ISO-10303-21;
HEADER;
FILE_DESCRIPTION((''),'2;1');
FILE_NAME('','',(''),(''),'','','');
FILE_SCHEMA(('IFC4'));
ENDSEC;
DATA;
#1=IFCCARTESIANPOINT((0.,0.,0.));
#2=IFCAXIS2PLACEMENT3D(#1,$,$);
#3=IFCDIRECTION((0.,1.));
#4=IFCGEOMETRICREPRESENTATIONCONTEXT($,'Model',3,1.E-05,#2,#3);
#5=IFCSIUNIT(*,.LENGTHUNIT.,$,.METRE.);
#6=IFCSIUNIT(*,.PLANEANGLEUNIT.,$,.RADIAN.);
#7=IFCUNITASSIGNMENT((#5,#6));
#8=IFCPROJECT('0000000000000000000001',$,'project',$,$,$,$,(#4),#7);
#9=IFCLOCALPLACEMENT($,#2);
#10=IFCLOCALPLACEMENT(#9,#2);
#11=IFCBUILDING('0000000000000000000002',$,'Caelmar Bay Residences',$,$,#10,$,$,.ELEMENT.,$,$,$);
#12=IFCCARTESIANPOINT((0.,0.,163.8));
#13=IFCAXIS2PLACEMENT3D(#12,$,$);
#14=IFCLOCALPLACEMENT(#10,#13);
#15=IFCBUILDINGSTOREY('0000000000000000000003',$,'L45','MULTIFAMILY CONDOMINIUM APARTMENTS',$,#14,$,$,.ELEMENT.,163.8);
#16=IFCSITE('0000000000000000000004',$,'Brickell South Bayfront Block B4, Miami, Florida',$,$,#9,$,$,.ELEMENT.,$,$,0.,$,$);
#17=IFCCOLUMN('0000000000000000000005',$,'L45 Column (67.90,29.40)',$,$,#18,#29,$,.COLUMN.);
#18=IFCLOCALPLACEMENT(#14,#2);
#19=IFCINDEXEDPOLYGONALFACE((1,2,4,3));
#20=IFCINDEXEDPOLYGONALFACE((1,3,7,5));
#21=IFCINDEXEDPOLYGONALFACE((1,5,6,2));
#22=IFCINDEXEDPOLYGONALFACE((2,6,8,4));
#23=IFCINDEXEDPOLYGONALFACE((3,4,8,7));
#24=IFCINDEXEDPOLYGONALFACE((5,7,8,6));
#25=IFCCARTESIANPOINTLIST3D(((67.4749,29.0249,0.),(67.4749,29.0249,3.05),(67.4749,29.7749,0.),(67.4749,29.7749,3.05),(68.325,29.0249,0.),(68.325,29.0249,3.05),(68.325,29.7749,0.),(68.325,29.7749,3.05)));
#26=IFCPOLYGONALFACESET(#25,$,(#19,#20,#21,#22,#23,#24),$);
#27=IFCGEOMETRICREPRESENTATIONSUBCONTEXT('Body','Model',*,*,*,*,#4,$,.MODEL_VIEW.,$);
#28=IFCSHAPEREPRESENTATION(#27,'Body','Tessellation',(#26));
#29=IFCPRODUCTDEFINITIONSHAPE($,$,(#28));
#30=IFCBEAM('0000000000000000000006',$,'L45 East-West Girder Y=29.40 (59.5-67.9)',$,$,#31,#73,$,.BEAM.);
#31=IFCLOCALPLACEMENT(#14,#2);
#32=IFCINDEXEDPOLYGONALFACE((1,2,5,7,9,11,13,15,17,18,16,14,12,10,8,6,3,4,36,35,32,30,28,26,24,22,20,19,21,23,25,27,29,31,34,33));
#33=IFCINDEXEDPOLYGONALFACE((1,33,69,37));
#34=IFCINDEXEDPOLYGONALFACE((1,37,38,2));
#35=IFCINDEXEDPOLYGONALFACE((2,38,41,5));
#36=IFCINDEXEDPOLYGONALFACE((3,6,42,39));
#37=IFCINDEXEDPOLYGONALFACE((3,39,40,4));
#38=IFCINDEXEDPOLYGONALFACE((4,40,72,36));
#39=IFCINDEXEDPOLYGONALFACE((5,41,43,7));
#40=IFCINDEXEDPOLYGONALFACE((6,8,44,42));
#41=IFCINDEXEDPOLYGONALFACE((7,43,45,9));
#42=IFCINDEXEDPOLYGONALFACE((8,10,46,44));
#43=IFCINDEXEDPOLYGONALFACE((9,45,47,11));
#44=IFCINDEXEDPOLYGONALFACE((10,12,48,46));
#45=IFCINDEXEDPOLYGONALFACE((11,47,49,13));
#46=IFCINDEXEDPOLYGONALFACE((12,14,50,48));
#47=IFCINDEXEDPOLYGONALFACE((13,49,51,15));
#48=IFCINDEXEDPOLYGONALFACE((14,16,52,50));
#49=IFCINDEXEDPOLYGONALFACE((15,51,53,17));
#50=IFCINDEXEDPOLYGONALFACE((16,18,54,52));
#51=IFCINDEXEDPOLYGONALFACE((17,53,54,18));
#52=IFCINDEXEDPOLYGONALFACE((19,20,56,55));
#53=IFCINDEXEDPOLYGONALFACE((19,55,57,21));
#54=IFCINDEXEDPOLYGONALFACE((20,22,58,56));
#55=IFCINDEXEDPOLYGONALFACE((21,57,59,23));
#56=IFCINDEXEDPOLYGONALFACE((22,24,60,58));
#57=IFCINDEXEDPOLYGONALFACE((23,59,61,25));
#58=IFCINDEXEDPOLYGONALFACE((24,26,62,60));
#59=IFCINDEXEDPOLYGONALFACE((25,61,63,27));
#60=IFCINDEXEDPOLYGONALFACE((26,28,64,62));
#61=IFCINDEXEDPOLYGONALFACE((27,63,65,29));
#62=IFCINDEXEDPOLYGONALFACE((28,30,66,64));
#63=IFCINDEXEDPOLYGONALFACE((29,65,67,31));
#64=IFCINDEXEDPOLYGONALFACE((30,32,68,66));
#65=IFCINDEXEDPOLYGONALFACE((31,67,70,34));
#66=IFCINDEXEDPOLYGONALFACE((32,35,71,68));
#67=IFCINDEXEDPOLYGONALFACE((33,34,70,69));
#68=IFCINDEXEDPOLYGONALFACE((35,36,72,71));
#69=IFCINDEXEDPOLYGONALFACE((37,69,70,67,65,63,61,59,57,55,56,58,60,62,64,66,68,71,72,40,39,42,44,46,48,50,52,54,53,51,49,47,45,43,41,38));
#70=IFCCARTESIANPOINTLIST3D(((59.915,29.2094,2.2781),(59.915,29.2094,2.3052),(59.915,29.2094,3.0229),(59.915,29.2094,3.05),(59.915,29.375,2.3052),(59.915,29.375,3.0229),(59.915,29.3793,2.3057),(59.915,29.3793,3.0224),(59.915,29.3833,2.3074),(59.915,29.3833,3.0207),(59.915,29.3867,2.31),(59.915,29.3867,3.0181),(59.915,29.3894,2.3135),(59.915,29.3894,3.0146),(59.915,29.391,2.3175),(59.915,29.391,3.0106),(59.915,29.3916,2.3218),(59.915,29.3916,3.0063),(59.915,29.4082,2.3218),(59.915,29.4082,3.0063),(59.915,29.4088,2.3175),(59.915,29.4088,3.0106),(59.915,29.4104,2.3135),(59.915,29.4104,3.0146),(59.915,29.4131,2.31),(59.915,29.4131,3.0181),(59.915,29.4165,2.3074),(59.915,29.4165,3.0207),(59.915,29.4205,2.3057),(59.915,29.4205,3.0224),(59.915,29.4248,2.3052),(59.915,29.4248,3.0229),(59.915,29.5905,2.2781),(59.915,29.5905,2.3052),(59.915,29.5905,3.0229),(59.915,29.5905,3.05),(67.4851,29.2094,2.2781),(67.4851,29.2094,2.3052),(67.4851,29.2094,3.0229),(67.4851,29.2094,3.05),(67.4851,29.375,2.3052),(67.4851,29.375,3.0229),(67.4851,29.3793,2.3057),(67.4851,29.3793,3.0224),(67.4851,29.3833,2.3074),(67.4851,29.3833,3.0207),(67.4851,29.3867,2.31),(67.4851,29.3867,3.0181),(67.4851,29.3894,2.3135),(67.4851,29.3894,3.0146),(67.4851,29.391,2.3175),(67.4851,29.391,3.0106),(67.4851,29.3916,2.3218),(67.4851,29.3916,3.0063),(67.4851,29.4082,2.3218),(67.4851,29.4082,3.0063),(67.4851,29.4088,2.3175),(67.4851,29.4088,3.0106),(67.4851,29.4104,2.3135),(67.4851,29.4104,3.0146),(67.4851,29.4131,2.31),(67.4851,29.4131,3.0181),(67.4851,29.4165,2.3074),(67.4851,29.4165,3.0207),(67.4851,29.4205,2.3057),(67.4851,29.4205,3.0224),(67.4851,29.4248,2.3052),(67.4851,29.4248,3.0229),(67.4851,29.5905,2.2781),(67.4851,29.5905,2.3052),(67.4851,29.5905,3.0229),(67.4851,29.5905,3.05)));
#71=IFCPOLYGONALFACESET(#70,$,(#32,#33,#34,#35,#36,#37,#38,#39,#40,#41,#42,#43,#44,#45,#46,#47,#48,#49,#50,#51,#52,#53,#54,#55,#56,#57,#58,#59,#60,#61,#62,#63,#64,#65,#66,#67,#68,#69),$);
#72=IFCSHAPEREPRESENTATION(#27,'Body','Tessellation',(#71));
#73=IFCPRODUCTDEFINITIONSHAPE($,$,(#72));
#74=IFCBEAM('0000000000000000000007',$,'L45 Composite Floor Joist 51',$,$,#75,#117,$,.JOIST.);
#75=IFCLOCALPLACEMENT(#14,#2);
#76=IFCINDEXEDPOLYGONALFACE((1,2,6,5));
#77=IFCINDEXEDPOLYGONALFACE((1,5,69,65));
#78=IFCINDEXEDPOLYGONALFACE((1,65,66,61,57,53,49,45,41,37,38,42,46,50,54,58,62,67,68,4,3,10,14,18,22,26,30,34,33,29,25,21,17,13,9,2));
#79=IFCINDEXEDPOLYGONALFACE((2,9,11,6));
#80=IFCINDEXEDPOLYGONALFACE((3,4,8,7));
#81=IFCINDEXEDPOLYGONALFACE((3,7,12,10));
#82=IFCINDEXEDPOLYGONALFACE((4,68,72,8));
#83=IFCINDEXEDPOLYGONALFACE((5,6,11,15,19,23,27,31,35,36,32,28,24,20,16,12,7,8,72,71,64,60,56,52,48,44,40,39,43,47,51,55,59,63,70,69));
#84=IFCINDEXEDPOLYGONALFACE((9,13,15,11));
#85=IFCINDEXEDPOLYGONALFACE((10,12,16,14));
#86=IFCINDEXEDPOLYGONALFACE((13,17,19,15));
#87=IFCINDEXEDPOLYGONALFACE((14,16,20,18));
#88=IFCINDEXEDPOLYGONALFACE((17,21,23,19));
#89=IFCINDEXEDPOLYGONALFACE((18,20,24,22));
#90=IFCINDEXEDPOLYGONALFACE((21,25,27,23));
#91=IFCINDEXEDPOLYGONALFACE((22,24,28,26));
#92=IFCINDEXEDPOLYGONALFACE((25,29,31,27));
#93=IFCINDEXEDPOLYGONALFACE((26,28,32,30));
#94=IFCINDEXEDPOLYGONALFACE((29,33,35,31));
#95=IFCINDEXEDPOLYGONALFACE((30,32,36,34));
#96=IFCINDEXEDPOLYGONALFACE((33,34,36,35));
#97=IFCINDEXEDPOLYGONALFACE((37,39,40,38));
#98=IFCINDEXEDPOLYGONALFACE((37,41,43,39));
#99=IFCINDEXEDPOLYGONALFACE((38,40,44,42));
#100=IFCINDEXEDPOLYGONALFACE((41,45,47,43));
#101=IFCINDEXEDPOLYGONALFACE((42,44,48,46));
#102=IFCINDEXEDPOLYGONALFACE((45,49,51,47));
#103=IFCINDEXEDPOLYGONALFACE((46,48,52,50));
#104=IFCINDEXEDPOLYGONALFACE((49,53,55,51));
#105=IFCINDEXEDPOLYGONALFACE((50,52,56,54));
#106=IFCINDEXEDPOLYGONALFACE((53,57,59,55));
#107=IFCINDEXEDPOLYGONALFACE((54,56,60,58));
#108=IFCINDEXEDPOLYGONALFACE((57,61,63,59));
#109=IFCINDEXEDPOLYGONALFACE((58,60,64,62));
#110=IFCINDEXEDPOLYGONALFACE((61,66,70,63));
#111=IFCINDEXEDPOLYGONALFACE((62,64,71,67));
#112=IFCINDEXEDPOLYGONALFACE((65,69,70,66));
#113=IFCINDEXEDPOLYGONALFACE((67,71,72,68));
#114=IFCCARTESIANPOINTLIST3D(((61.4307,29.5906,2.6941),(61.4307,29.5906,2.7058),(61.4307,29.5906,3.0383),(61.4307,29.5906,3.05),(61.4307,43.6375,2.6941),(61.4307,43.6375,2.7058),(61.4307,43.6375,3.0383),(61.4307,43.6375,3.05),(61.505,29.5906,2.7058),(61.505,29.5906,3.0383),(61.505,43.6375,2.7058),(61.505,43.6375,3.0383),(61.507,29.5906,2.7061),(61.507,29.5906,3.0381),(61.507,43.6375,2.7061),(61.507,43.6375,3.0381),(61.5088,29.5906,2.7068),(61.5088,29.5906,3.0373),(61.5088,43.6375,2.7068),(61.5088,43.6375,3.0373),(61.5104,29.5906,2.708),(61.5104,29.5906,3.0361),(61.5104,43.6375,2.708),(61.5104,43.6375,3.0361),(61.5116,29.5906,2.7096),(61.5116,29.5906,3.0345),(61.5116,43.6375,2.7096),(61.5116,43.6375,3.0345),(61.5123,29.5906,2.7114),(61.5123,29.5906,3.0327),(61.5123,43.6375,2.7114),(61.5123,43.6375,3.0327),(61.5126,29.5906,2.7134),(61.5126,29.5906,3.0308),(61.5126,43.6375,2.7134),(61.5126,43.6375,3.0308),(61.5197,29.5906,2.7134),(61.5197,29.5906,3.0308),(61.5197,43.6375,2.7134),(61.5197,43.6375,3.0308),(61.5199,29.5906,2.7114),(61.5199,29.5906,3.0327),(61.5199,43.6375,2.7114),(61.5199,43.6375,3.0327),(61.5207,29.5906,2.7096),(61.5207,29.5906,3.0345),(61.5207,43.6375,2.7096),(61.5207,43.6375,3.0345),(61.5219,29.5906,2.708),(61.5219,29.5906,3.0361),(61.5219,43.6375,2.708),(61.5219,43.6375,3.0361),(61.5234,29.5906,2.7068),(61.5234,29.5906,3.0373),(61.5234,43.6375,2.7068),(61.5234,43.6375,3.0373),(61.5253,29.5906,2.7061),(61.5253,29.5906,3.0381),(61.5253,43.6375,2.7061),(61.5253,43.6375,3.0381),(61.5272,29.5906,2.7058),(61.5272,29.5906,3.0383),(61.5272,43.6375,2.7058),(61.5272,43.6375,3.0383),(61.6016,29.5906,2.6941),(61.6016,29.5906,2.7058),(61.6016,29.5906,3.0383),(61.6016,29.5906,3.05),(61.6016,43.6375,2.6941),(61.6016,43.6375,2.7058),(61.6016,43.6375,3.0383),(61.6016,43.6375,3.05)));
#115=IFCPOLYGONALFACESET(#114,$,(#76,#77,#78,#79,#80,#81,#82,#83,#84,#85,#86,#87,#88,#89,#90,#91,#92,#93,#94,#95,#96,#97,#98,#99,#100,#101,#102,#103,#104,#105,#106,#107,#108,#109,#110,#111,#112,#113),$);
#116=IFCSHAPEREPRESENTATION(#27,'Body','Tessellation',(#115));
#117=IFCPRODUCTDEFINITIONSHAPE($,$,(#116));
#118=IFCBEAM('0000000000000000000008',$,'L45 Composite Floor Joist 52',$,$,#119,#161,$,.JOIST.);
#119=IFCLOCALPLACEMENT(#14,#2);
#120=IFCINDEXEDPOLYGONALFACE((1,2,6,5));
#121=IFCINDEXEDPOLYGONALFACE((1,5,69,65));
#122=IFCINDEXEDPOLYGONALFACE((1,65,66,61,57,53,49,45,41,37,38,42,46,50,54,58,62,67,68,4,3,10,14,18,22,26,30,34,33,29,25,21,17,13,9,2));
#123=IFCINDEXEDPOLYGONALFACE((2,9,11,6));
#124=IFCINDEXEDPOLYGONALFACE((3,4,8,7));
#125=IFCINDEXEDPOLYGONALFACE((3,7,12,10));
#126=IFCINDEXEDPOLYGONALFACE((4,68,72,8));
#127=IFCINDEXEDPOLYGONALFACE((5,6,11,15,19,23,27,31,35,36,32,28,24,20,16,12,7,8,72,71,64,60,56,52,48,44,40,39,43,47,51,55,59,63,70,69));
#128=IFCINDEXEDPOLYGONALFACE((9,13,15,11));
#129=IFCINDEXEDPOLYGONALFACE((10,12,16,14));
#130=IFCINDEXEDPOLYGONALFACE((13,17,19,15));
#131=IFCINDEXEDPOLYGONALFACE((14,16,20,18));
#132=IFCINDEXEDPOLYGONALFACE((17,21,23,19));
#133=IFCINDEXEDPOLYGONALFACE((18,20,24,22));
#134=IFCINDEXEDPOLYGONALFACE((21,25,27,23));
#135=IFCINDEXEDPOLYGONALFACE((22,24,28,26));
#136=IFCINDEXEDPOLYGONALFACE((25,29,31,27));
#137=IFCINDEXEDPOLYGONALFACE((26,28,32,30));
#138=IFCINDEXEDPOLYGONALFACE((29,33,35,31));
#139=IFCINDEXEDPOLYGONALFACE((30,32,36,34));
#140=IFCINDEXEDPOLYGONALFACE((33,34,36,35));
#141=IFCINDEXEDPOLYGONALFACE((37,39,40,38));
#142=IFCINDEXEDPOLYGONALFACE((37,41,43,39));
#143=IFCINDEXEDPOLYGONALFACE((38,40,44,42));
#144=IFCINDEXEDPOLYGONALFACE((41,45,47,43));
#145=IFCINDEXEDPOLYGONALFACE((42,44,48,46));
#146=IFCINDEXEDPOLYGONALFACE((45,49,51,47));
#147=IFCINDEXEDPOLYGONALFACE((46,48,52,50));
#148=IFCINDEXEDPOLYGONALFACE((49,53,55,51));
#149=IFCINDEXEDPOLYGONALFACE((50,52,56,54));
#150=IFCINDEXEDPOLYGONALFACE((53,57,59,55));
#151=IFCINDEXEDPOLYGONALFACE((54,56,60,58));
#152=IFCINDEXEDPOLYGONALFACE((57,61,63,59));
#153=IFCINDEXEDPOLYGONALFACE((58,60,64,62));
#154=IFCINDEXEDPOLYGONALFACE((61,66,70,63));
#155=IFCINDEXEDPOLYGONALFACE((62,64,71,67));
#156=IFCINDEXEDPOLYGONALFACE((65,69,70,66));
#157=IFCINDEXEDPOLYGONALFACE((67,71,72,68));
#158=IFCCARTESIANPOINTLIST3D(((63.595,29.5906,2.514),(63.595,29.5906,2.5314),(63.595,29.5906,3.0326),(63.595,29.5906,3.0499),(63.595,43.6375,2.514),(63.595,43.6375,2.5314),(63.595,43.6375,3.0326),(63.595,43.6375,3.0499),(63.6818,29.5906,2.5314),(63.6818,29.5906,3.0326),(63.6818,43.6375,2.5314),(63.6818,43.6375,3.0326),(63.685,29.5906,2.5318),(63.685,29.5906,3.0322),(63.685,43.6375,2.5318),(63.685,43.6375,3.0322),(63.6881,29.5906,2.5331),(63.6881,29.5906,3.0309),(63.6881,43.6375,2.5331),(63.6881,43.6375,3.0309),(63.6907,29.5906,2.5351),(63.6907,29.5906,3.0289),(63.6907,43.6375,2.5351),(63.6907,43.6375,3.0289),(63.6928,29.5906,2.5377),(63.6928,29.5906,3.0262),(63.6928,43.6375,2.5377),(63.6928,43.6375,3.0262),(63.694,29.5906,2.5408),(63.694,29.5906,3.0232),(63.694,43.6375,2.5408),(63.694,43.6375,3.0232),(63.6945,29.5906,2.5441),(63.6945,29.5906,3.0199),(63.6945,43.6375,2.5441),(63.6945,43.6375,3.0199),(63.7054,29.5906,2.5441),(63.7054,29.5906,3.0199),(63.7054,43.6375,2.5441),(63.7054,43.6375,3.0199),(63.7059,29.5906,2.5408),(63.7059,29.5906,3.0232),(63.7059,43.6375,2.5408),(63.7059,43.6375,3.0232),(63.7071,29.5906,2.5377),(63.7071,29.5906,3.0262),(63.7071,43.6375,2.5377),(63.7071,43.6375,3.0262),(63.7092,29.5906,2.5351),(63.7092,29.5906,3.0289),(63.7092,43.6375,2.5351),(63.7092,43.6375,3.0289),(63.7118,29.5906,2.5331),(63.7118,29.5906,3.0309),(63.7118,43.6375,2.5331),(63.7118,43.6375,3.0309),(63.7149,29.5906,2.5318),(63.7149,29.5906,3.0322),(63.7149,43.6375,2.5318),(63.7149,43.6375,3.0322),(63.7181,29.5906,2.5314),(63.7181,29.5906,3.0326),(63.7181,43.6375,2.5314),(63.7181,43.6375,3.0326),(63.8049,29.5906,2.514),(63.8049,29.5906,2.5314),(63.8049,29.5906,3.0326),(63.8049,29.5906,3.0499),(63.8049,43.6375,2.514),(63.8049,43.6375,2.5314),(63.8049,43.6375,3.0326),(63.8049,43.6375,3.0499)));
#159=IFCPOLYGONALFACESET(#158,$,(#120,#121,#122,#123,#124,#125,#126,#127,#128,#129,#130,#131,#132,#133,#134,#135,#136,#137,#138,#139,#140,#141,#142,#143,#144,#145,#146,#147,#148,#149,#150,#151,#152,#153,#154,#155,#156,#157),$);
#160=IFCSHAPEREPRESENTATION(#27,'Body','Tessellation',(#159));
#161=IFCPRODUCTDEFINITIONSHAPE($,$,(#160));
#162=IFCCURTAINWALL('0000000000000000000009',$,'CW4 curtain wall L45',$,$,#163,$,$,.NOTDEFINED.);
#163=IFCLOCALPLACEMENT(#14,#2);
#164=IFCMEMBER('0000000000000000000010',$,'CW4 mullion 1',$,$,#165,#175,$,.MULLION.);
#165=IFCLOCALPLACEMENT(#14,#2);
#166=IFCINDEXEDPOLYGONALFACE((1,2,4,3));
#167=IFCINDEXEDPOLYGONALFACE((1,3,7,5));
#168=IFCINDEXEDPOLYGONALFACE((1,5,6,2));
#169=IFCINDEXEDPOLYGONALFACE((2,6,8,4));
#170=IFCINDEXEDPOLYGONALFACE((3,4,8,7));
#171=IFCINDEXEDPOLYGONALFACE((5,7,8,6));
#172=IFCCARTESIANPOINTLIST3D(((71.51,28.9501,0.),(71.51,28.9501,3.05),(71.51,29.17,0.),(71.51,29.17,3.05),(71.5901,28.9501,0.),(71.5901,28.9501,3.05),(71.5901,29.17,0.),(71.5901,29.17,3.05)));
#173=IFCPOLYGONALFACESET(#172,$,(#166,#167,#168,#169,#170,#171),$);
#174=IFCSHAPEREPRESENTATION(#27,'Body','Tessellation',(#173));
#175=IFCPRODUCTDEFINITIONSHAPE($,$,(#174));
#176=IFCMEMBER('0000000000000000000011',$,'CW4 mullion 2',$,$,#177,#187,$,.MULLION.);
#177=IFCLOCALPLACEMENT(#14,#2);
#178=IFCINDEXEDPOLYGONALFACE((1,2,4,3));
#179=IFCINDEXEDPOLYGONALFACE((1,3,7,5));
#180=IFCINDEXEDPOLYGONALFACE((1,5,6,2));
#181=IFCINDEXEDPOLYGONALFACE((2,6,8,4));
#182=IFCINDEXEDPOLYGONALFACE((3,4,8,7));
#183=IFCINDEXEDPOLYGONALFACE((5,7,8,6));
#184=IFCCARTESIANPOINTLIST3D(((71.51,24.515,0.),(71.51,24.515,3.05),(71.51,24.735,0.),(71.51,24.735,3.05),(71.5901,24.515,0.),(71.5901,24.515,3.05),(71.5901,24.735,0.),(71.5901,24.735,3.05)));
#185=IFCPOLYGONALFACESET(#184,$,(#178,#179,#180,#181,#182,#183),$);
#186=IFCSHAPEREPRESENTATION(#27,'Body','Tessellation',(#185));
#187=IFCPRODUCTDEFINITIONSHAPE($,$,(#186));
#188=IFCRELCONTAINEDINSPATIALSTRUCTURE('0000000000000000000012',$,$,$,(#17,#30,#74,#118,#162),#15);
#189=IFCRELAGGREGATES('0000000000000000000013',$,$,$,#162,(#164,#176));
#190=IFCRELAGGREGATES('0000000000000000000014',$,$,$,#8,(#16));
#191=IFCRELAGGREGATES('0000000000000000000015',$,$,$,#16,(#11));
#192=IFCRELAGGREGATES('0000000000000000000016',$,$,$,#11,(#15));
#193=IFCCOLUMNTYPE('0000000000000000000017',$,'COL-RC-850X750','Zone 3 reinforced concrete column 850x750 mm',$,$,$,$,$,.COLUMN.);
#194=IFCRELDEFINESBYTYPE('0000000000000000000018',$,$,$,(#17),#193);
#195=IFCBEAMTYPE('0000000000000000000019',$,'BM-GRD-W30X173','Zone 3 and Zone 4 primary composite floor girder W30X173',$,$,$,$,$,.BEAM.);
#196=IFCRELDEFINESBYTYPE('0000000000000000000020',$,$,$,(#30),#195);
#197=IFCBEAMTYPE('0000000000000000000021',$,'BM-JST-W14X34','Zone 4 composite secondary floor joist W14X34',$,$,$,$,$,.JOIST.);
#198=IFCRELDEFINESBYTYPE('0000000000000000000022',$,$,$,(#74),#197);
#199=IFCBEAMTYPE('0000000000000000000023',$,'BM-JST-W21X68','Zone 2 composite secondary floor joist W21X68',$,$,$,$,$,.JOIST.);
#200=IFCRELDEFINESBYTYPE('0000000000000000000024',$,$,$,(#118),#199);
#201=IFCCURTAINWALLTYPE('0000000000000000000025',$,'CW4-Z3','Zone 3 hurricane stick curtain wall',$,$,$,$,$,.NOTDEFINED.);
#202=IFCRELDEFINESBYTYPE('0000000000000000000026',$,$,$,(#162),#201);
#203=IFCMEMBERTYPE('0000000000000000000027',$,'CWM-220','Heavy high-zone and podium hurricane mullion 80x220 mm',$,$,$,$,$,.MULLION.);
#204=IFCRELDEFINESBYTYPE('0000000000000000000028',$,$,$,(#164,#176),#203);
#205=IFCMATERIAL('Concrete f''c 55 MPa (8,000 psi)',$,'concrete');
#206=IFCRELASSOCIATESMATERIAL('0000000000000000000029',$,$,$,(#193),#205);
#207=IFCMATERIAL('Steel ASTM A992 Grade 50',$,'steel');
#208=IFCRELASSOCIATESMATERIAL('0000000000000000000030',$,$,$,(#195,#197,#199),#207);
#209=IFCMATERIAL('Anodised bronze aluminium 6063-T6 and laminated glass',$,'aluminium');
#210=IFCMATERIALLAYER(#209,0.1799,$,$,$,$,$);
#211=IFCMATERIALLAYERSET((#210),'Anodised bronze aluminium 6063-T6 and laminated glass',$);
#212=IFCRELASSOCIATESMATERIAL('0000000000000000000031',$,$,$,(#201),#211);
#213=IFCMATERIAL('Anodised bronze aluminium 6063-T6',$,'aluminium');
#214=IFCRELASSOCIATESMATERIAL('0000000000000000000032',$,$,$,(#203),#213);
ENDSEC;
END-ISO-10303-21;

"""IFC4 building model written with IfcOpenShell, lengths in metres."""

from ifc_helpers import new_model, si_unit, direction, frame, origin, origin_2d, place, context, subcontext, project, spatial, rectangle, i_section, extrude, material, layer, layer_set, material_profile, profile_set, type_object, element, aggregate, save


model = new_model("IFC4")

# Units and contexts
model_context = context("Model", 3, precision=1e-05, world=origin(), true_north=direction((0.0, 1.0)))
body_context = subcontext(model_context, "Body", "Model", "MODEL_VIEW")
ifc_project = project(units=[si_unit("LENGTHUNIT", "METRE"), si_unit("PLANEANGLEUNIT", "RADIAN")], contexts=[model_context])

# Site, building, storey
site_placement = place(None, origin())
site = spatial("IfcSite", under=ifc_project, at=site_placement, Name="Brickell South Bayfront Block B4, Miami, Florida", CompositionType="ELEMENT", RefElevation=0.0)
building_placement = place(site_placement, origin())
building = spatial("IfcBuilding", under=site, at=building_placement, Name="Caelmar Bay Residences", CompositionType="ELEMENT")
storey_placement = place(building_placement, frame((0.0, 0.0, 163.8)))
storey = spatial("IfcBuildingStorey", under=building, at=storey_placement, Name="L45", Description="MULTIFAMILY CONDOMINIUM APARTMENTS", CompositionType="ELEMENT", Elevation=163.8)

# Column
ifc_material_1 = material(Name="Concrete f'c 55 MPa (8,000 psi)", Category="concrete")
ifc_material_profile_1 = material_profile(ifc_material_1, rectangle(XDim=0.8501, YDim=0.75, at=origin_2d()), Name="RC-COL-850X750")
ifc_profile_set_1 = profile_set([ifc_material_profile_1], Name="Concrete f'c 55 MPa (8,000 psi)")
column_type = type_object("IfcColumnType", Name="COL-RC-850X750", Description="Zone 3 reinforced concrete column 850x750 mm", PredefinedType="COLUMN", material=ifc_profile_set_1)
column_placement = place(storey_placement, frame((67.8999, 29.3999, 0.0), z_axis=(0.0, 0.0, 1.0), x_axis=(1.0, 0.0, 0.0)))
element("IfcColumn", 1, at=column_placement, inside=storey, type_object=column_type, Name="L45 Column (67.90,29.40)", PredefinedType="COLUMN", context=body_context, shape_type="SweptSolid", body=[
    extrude(rectangle(XDim=0.8501, YDim=0.75, at=origin_2d()), origin(), (0.0, 0.0, 1.0), 3.05),
])

# Beams
ifc_material_2 = material(Name="Steel ASTM A992 Grade 50", Category="steel")
ifc_material_profile_2 = material_profile(ifc_material_2, i_section(OverallWidth=0.3811, OverallDepth=0.772, WebThickness=0.0166, FlangeThickness=0.0271, FilletRadius=0.0166, at=origin_2d()), Name="W30X173")
ifc_profile_set_2 = profile_set([ifc_material_profile_2], Name="Steel ASTM A992 Grade 50")
beam_type_1 = type_object("IfcBeamType", Name="BM-GRD-W30X173", Description="Zone 3 and Zone 4 primary composite floor girder W30X173", PredefinedType="BEAM", material=ifc_profile_set_2)
beam_1_placement = place(storey_placement, frame((59.915, 29.3999, 2.6641), z_axis=(1.0, 0.0, 0.0), x_axis=(0.0, 1.0, 0.0)))
element("IfcBeam", 2, at=beam_1_placement, inside=storey, type_object=beam_type_1, Name="L45 East-West Girder Y=29.40 (59.5-67.9)", PredefinedType="BEAM", context=body_context, shape_type="SweptSolid", body=[
    extrude(i_section(OverallWidth=0.3811, OverallDepth=0.772, WebThickness=0.0166, FlangeThickness=0.0271, FilletRadius=0.0166, at=origin_2d()), origin(), (0.0, 0.0, 1.0), 7.5701),
])
ifc_material_profile_3 = material_profile(ifc_material_2, i_section(OverallWidth=0.1709, OverallDepth=0.356, WebThickness=0.0071, FlangeThickness=0.0117, FilletRadius=0.0076, at=origin_2d()), Name="W14X34")
ifc_profile_set_3 = profile_set([ifc_material_profile_3], Name="Steel ASTM A992 Grade 50")
beam_type_2 = type_object("IfcBeamType", Name="BM-JST-W14X34", Description="Zone 4 composite secondary floor joist W14X34", PredefinedType="JOIST", material=ifc_profile_set_3)
beam_2_placement = place(storey_placement, frame((61.5161, 29.5906, 2.8721), z_axis=(0.0, 1.0, 0.0), x_axis=(-1.0, 0.0, 0.0)))
element("IfcBeam", 3, at=beam_2_placement, inside=storey, type_object=beam_type_2, Name="L45 Composite Floor Joist 51", PredefinedType="JOIST", context=body_context, shape_type="SweptSolid", body=[
    extrude(i_section(OverallWidth=0.1709, OverallDepth=0.356, WebThickness=0.0071, FlangeThickness=0.0117, FilletRadius=0.0076, at=origin_2d()), origin(), (0.0, 0.0, 1.0), 14.0469),
])
ifc_material_profile_4 = material_profile(ifc_material_2, i_section(OverallWidth=0.21, OverallDepth=0.5359, WebThickness=0.011, FlangeThickness=0.0173, FilletRadius=0.0127, at=origin_2d()), Name="W21X68")
ifc_profile_set_4 = profile_set([ifc_material_profile_4], Name="Steel ASTM A992 Grade 50")
beam_type_3 = type_object("IfcBeamType", Name="BM-JST-W21X68", Description="Zone 2 composite secondary floor joist W21X68", PredefinedType="JOIST", material=ifc_profile_set_4)
beam_3_placement = place(storey_placement, frame((63.7, 29.5906, 2.782), z_axis=(0.0, 1.0, 0.0), x_axis=(-1.0, 0.0, 0.0)))
element("IfcBeam", 4, at=beam_3_placement, inside=storey, type_object=beam_type_3, Name="L45 Composite Floor Joist 52", PredefinedType="JOIST", context=body_context, shape_type="SweptSolid", body=[
    extrude(i_section(OverallWidth=0.21, OverallDepth=0.5359, WebThickness=0.011, FlangeThickness=0.0173, FilletRadius=0.0127, at=origin_2d()), origin(), (0.0, 0.0, 1.0), 14.0469),
])

# Curtain wall, members
ifc_material_3 = material(Name="Anodised bronze aluminium 6063-T6 and laminated glass", Category="aluminium")
ifc_layer_1 = layer(ifc_material_3, 0.1799)
ifc_layer_set_1 = layer_set([ifc_layer_1], Name="Anodised bronze aluminium 6063-T6 and laminated glass")
curtain_wall_type = type_object("IfcCurtainWallType", Name="CW4-Z3", Description="Zone 3 hurricane stick curtain wall", PredefinedType="NOTDEFINED", material=ifc_layer_set_1)
curtain_wall_placement = place(storey_placement, origin())
curtain_wall = element("IfcCurtainWall", 5, at=curtain_wall_placement, inside=storey, type_object=curtain_wall_type, Name="CW4 curtain wall L45", PredefinedType="NOTDEFINED")
ifc_material_4 = material(Name="Anodised bronze aluminium 6063-T6", Category="aluminium")
ifc_material_profile_5 = material_profile(ifc_material_4, rectangle(XDim=0.0801, YDim=0.22, at=origin_2d()), Name="CWM-80X220")
ifc_profile_set_5 = profile_set([ifc_material_profile_5], Name="Anodised bronze aluminium 6063-T6")
member_type_1 = type_object("IfcMemberType", Name="CWM-220", Description="Heavy high-zone and podium hurricane mullion 80x220 mm", PredefinedType="MULLION", material=ifc_profile_set_5)
member_1_placement = place(storey_placement, frame((71.55, 29.0601, 0.0), z_axis=(0.0, 0.0, 1.0), x_axis=(1.0, 0.0, 0.0)))
member_1 = element("IfcMember", 6, at=member_1_placement, type_object=member_type_1, Name="CW4 mullion 1", PredefinedType="MULLION", context=body_context, shape_type="SweptSolid", body=[
    extrude(rectangle(XDim=0.0801, YDim=0.22, at=origin_2d()), origin(), (0.0, 0.0, 1.0), 3.05),
])
member_2_placement = place(storey_placement, frame((71.55, 24.625, 0.0), z_axis=(0.0, 0.0, 1.0), x_axis=(1.0, 0.0, 0.0)))
member_2 = element("IfcMember", 7, at=member_2_placement, type_object=member_type_1, Name="CW4 mullion 2", PredefinedType="MULLION", context=body_context, shape_type="SweptSolid", body=[
    extrude(rectangle(XDim=0.0801, YDim=0.22, at=origin_2d()), origin(), (0.0, 0.0, 1.0), 3.05),
])
aggregate(curtain_wall, [member_1, member_2])

save(model, "model.ifc")
